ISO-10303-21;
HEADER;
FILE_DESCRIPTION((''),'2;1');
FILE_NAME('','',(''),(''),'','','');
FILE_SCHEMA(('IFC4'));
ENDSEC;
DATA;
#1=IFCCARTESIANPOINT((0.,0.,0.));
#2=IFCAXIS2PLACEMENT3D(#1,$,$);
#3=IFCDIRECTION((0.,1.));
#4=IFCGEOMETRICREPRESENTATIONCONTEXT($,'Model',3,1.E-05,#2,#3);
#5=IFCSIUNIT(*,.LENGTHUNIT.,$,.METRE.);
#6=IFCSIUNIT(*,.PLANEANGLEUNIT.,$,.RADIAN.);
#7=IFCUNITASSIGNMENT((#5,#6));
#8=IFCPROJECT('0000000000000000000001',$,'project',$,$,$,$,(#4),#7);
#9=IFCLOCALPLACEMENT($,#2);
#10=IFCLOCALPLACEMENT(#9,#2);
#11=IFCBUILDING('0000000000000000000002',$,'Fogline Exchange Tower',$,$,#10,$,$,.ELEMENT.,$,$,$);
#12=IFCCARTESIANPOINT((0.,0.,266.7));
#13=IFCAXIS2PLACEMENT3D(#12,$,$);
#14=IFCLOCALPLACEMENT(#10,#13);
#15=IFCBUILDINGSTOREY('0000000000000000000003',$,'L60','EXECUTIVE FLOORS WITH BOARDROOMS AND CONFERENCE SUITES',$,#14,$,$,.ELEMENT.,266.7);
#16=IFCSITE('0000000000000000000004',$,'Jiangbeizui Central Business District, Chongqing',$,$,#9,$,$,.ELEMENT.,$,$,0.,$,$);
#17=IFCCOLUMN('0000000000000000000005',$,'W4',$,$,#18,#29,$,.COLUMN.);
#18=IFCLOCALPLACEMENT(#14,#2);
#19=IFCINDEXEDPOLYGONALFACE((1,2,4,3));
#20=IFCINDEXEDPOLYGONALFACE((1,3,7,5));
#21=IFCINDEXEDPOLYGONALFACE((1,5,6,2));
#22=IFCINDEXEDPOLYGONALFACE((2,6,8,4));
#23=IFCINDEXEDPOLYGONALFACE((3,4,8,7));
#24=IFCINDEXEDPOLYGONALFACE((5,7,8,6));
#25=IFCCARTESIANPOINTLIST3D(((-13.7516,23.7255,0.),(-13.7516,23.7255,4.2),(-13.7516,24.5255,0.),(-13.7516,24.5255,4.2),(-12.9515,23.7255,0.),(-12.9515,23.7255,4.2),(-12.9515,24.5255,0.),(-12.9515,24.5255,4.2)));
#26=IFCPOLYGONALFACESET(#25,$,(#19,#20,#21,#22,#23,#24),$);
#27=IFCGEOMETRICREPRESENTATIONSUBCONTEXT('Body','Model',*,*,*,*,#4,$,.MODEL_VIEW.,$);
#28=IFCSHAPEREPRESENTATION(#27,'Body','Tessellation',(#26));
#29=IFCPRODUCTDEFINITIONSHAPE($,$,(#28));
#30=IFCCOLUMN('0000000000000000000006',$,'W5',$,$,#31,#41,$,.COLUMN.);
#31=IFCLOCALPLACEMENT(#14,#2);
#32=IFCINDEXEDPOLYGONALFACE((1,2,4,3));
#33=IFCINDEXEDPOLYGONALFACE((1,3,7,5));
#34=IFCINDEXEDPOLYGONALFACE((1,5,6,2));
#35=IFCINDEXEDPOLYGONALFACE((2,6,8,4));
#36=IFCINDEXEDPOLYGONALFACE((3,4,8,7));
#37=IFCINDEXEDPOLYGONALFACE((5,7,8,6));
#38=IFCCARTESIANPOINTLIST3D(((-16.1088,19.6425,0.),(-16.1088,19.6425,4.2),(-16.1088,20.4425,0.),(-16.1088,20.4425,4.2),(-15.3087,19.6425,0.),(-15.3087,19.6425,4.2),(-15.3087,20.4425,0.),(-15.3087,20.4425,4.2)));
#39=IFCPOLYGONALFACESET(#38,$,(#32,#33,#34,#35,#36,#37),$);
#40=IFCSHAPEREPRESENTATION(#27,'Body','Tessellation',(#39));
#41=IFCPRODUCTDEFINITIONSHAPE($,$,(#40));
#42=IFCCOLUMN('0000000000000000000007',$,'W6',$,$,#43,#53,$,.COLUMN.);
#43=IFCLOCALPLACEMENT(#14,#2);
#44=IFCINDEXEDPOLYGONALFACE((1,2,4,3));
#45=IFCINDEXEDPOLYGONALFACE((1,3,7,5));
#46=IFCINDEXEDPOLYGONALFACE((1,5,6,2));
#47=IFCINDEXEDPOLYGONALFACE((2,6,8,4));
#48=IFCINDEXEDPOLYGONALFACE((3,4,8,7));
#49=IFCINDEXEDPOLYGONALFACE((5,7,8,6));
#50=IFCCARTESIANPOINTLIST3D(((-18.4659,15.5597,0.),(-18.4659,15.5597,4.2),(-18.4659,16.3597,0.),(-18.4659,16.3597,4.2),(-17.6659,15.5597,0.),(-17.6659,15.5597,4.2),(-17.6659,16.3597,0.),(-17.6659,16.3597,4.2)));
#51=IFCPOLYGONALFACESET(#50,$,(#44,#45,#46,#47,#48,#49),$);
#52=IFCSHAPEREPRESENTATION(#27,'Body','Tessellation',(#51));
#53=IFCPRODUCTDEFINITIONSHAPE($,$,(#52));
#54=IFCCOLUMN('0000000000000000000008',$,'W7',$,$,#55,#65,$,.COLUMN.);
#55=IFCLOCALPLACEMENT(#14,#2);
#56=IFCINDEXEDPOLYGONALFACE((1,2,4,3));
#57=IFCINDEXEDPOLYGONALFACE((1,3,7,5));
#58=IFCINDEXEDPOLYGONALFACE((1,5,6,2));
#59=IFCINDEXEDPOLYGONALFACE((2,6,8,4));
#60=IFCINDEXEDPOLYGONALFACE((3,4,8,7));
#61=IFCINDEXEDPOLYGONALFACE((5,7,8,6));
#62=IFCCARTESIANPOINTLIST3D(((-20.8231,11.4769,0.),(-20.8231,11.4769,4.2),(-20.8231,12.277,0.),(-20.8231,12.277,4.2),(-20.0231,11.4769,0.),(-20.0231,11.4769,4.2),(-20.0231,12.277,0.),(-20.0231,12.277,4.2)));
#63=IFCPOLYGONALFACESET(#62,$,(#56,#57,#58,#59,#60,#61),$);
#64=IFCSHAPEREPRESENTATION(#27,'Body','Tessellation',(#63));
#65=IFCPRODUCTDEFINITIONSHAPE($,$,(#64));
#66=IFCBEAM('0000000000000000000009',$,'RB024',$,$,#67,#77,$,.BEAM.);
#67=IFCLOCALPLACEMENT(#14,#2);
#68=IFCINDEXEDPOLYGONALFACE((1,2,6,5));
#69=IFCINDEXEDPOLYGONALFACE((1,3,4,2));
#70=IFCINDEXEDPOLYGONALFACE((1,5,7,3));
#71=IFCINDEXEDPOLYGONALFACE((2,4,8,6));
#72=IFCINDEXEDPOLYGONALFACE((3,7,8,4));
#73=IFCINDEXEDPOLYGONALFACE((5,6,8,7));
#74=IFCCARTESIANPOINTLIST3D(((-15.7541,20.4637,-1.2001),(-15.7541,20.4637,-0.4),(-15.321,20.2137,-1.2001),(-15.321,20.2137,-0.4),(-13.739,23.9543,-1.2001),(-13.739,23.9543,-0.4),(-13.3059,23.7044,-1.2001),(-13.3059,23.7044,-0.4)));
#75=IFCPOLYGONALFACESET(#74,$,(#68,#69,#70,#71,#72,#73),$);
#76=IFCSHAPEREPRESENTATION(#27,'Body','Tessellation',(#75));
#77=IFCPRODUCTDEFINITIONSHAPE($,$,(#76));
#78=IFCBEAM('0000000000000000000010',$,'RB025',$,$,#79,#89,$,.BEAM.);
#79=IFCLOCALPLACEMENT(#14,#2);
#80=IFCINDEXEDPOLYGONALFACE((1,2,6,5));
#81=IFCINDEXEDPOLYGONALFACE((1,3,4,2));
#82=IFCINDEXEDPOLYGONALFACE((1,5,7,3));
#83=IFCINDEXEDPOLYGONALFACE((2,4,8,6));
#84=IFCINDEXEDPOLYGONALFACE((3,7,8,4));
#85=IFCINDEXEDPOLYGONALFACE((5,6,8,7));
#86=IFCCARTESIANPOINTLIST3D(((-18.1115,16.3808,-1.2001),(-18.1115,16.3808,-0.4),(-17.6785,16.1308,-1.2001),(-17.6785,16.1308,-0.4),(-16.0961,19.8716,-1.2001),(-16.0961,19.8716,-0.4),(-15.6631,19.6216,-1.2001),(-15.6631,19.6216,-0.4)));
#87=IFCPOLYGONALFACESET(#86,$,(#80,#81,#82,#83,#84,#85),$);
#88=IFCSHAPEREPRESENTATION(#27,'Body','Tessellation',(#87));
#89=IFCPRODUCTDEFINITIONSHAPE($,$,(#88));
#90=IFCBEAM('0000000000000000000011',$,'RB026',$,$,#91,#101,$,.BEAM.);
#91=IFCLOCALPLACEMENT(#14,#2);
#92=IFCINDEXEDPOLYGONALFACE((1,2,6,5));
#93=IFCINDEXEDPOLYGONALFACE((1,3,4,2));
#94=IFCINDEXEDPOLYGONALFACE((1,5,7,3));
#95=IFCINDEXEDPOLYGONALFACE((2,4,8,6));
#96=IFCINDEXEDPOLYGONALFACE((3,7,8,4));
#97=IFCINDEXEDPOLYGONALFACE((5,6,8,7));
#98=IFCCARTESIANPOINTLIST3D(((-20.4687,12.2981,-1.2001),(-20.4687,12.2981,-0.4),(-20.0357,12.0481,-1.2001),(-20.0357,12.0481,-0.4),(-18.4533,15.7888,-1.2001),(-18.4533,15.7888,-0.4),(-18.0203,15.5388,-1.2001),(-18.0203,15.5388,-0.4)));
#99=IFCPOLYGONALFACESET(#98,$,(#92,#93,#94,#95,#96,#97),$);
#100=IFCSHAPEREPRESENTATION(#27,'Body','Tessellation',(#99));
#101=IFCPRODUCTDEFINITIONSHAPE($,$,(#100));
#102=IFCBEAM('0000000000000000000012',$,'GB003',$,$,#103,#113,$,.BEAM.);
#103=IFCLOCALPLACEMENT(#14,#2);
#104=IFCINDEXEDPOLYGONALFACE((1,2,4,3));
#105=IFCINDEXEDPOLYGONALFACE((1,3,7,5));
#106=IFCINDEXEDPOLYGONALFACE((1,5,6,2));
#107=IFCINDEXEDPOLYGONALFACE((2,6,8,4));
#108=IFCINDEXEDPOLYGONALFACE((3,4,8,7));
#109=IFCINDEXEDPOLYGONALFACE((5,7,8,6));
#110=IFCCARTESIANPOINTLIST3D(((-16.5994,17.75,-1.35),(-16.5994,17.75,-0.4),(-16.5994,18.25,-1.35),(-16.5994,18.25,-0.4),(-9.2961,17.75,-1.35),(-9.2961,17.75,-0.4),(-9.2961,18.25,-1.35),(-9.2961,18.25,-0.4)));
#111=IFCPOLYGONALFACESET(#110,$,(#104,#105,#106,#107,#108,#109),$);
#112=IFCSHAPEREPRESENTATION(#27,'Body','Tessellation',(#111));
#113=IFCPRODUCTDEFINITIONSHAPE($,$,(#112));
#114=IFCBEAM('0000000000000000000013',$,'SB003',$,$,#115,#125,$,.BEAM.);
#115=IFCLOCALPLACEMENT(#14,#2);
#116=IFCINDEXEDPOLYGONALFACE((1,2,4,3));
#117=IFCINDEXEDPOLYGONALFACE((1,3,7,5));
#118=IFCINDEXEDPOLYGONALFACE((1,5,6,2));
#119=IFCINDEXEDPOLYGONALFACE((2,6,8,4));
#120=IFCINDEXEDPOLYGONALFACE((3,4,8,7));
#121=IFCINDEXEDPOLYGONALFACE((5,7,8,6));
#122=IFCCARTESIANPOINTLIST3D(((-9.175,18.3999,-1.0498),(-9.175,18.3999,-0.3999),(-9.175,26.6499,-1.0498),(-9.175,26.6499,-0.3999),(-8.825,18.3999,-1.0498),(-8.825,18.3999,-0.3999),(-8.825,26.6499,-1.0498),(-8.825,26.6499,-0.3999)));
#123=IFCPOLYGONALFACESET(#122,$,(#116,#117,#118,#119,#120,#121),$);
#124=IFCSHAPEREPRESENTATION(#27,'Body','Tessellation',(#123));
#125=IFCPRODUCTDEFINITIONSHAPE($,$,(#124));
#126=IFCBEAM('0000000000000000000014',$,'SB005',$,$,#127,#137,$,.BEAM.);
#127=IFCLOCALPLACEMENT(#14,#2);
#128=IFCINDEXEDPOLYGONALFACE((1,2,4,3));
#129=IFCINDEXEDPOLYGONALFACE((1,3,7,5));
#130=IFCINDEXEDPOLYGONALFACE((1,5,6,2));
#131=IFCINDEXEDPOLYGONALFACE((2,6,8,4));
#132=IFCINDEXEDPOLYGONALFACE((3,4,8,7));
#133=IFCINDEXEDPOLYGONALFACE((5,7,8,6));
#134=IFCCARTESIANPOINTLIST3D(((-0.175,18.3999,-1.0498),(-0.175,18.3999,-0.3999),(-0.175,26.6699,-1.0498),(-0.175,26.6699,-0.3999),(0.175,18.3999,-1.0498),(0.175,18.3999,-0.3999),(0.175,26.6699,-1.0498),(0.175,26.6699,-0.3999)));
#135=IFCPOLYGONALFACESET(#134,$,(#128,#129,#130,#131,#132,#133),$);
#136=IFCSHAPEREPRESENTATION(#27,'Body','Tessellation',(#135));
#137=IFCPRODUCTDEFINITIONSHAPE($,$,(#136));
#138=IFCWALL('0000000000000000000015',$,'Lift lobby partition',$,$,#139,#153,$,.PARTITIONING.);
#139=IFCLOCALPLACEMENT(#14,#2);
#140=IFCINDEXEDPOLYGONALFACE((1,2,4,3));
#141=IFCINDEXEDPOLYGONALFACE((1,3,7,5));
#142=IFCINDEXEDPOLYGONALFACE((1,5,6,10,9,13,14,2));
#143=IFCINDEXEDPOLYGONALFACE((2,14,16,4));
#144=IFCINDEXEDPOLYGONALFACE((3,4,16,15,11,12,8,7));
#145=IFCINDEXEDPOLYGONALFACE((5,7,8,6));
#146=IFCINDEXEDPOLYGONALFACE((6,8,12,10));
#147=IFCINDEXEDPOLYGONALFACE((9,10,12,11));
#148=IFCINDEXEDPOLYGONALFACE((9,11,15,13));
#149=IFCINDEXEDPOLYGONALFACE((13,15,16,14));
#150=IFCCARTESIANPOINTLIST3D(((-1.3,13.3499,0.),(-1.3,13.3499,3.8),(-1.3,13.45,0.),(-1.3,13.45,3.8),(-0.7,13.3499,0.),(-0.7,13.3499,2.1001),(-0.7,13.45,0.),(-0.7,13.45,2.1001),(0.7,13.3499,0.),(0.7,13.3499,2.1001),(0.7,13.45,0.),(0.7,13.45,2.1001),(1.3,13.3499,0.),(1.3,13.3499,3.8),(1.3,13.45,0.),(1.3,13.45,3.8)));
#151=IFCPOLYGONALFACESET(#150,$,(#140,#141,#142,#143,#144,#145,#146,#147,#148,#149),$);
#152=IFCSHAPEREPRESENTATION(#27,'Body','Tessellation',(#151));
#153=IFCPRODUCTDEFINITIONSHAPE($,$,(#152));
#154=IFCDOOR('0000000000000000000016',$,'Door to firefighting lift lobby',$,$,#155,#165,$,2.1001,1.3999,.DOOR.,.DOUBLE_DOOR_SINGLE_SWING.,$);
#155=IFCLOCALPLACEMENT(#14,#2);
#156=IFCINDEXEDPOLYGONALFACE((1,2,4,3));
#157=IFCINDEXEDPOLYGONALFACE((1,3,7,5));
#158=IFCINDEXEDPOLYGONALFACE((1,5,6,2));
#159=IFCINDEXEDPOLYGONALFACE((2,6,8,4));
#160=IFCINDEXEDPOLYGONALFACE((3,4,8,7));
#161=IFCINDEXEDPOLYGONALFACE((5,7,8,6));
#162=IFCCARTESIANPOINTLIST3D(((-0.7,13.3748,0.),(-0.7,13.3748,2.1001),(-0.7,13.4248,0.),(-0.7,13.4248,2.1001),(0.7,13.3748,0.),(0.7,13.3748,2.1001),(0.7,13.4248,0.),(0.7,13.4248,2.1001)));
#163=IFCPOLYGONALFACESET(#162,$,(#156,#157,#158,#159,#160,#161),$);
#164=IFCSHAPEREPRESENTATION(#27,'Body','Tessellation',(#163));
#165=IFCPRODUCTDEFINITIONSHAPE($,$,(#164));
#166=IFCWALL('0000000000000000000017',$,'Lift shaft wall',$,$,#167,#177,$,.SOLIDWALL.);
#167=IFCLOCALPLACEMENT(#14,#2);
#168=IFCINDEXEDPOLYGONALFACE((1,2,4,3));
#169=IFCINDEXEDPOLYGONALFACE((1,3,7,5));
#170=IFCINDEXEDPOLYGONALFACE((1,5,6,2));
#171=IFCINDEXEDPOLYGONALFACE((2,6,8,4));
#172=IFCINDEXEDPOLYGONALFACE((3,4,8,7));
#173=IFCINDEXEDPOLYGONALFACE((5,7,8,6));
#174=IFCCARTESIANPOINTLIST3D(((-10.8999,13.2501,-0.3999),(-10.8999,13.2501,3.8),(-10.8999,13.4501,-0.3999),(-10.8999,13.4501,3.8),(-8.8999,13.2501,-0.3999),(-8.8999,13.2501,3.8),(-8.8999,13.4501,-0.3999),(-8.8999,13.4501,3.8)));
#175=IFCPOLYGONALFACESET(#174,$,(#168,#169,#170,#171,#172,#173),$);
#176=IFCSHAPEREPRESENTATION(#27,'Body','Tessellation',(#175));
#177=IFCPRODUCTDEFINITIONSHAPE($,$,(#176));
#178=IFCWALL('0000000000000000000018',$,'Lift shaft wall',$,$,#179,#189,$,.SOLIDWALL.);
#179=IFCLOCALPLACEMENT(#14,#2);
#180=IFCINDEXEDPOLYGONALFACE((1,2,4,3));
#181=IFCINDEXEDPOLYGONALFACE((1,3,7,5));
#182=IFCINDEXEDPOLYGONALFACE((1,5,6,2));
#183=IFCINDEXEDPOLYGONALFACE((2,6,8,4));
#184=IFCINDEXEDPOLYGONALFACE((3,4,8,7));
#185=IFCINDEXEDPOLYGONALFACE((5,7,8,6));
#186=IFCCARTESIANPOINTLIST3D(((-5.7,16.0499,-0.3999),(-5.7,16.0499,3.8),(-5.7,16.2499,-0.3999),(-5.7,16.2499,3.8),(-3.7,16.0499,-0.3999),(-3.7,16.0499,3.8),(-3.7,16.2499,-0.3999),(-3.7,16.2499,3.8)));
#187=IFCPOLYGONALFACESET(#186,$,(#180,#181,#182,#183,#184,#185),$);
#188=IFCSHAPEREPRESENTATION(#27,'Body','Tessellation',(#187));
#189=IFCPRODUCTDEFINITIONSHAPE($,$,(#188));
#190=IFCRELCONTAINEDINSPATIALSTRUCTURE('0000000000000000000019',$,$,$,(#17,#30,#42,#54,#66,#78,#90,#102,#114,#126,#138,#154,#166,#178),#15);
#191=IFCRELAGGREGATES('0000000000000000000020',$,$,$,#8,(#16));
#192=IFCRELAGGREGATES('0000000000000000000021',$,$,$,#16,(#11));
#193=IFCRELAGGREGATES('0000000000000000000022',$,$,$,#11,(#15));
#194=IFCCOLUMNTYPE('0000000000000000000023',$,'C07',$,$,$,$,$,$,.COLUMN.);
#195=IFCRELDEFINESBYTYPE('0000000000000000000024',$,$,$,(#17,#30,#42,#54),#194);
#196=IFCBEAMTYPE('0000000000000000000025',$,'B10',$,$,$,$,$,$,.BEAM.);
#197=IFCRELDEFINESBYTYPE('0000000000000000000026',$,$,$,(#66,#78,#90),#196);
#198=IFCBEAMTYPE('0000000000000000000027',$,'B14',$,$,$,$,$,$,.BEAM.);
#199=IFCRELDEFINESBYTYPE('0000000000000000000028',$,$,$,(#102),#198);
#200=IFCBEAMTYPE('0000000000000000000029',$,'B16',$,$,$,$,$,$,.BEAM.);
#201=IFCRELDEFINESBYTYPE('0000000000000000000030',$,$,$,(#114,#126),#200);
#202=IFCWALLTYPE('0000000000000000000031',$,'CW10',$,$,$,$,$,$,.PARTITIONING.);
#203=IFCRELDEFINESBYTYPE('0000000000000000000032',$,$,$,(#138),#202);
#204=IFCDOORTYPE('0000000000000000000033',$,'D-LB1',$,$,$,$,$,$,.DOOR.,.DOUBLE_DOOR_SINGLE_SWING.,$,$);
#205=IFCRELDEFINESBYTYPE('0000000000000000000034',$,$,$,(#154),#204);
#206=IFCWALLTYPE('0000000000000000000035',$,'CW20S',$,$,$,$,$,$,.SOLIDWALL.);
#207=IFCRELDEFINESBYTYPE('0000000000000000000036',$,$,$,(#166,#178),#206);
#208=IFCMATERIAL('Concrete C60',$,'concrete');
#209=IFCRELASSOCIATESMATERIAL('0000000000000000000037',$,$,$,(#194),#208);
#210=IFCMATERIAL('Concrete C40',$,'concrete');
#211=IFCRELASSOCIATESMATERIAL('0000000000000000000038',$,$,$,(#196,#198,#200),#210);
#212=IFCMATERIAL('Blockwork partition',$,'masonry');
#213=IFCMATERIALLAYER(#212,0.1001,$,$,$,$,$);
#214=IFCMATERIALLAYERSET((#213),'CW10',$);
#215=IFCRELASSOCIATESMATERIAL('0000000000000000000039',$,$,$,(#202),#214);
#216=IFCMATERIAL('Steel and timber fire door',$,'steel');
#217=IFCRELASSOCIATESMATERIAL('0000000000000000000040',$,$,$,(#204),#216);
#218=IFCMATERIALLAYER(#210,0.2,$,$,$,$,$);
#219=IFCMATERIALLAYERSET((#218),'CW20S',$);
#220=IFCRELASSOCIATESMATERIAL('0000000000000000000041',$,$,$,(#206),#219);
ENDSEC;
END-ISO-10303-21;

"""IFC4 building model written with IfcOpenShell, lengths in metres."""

from ifc_helpers import new_model, si_unit, direction, frame, frame_2d, origin, origin_2d, place, context, subcontext, project, spatial, rectangle, extrude, material, layer, layer_set, material_profile, profile_set, type_object, element, fill, save


model = new_model("IFC4")

# Units and contexts
model_context = context("Model", 3, precision=1e-05, world=origin(), true_north=direction((0.0, 1.0)))
body_context = subcontext(model_context, "Body", "Model", "MODEL_VIEW")
ifc_project = project(units=[si_unit("LENGTHUNIT", "METRE"), si_unit("PLANEANGLEUNIT", "RADIAN")], contexts=[model_context])

# Site, building, storey
site_placement = place(None, origin())
site = spatial("IfcSite", under=ifc_project, at=site_placement, Name="Jiangbeizui Central Business District, Chongqing", CompositionType="ELEMENT", RefElevation=0.0)
building_placement = place(site_placement, origin())
building = spatial("IfcBuilding", under=site, at=building_placement, Name="Fogline Exchange Tower", CompositionType="ELEMENT")
storey_placement = place(building_placement, frame((0.0, 0.0, 266.7)))
storey = spatial("IfcBuildingStorey", under=building, at=storey_placement, Name="L60", Description="EXECUTIVE FLOORS WITH BOARDROOMS AND CONFERENCE SUITES", CompositionType="ELEMENT", Elevation=266.7)

# Columns
ifc_material_1 = material(Name="Concrete C60", Category="concrete")
ifc_material_profile_1 = material_profile(ifc_material_1, rectangle(XDim=0.8, YDim=0.8, at=origin_2d()), Name="RC 800x800")
ifc_profile_set_1 = profile_set([ifc_material_profile_1], Name="Concrete C60")
column_type = type_object("IfcColumnType", Name="C07", PredefinedType="COLUMN", material=ifc_profile_set_1)
for number, where, z_axis, x_axis, name in (
    (1, (-13.3516, 24.1255, 0.0), (0.0, 0.0, 1.0), (1.0, 0.0, 0.0), "W4"),
    (2, (-15.7087, 20.0425, 0.0), (0.0, 0.0, 1.0), (1.0, 0.0, 0.0), "W5"),
    (3, (-18.0659, 15.9597, 0.0), (0.0, 0.0, 1.0), (1.0, 0.0, 0.0), "W6"),
    (4, (-20.4231, 11.877, 0.0), (0.0, 0.0, 1.0), (1.0, 0.0, 0.0), "W7"),
):
    element("IfcColumn", number, at=place(storey_placement, frame(where, z_axis=z_axis, x_axis=x_axis)), inside=storey, type_object=column_type, Name=name, PredefinedType="COLUMN", context=body_context, shape_type="SweptSolid", body=[
        extrude(rectangle(XDim=0.8, YDim=0.8, at=origin_2d()), origin(), (0.0, 0.0, 1.0), 4.2),
    ])

# Beams
ifc_material_2 = material(Name="Concrete C40", Category="concrete")
ifc_material_profile_2 = material_profile(ifc_material_2, rectangle(XDim=0.5, YDim=0.8, at=origin_2d()), Name="RC 500x800")
ifc_profile_set_2 = profile_set([ifc_material_profile_2], Name="Concrete C40")
beam_type_1 = type_object("IfcBeamType", Name="B10", PredefinedType="BEAM", material=ifc_profile_set_2)
beam_1_placement = place(storey_placement, frame((-13.5225, 23.8293, -0.8), z_axis=(-0.499957, -0.86605, 0.0), x_axis=(0.86605, -0.499957, 0.0)))
element("IfcBeam", 5, at=beam_1_placement, inside=storey, type_object=beam_type_1, Name="RB024", PredefinedType="BEAM", context=body_context, shape_type="SweptSolid", body=[
    extrude(rectangle(XDim=0.5, YDim=0.8, at=origin_2d()), origin(), (0.0, 0.0, 1.0), 4.0305),
])
for number, where, z_axis, x_axis, name in (
    (6, (-15.8796, 19.7466, -0.8), (-0.500002, -0.866024, 0.0), (0.866024, -0.500002, 0.0), "RB025"),
    (7, (-18.2368, 15.6638, -0.8), (-0.500002, -0.866024, 0.0), (0.866024, -0.500002, 0.0), "RB026"),
):
    element("IfcBeam", number, at=place(storey_placement, frame(where, z_axis=z_axis, x_axis=x_axis)), inside=storey, type_object=beam_type_1, Name=name, PredefinedType="BEAM", context=body_context, shape_type="SweptSolid", body=[
        extrude(rectangle(XDim=0.5, YDim=0.8, at=origin_2d()), origin(), (0.0, 0.0, 1.0), 4.0308),
    ])
ifc_material_profile_3 = material_profile(ifc_material_2, rectangle(XDim=0.5, YDim=0.95, at=origin_2d()), Name="RC 500x950")
ifc_profile_set_3 = profile_set([ifc_material_profile_3], Name="Concrete C40")
beam_type_2 = type_object("IfcBeamType", Name="B14", PredefinedType="BEAM", material=ifc_profile_set_3)
beam_2_placement = place(storey_placement, frame((-16.5994, 18.0, -0.875), z_axis=(1.0, 0.0, 0.0), x_axis=(0.0, 1.0, 0.0)))
element("IfcBeam", 8, at=beam_2_placement, inside=storey, type_object=beam_type_2, Name="GB003", PredefinedType="BEAM", context=body_context, shape_type="SweptSolid", body=[
    extrude(rectangle(XDim=0.5, YDim=0.95, at=origin_2d()), origin(), (0.0, 0.0, 1.0), 7.3032),
])
ifc_material_profile_4 = material_profile(ifc_material_2, rectangle(XDim=0.3501, YDim=0.6499, at=origin_2d()), Name="RC 350x650")
ifc_profile_set_4 = profile_set([ifc_material_profile_4], Name="Concrete C40")
beam_type_3 = type_object("IfcBeamType", Name="B16", PredefinedType="BEAM", material=ifc_profile_set_4)
beam_3_placement = place(storey_placement, frame((-9.0, 18.3999, -0.7249), z_axis=(0.0, 1.0, 0.0), x_axis=(-1.0, 0.0, 0.0)))
element("IfcBeam", 9, at=beam_3_placement, inside=storey, type_object=beam_type_3, Name="SB003", PredefinedType="BEAM", context=body_context, shape_type="SweptSolid", body=[
    extrude(rectangle(XDim=0.3501, YDim=0.6499, at=origin_2d()), origin(), (0.0, 0.0, 1.0), 8.25),
])
beam_4_placement = place(storey_placement, frame((0.0, 18.3999, -0.7249), z_axis=(0.0, 1.0, 0.0), x_axis=(-1.0, 0.0, 0.0)))
element("IfcBeam", 10, at=beam_4_placement, inside=storey, type_object=beam_type_3, Name="SB005", PredefinedType="BEAM", context=body_context, shape_type="SweptSolid", body=[
    extrude(rectangle(XDim=0.3501, YDim=0.6499, at=origin_2d()), origin(), (0.0, 0.0, 1.0), 8.27),
])

# Wall, opening, door
ifc_material_3 = material(Name="Blockwork partition", Category="masonry")
ifc_layer_1 = layer(ifc_material_3, 0.1001)
ifc_layer_set_1 = layer_set([ifc_layer_1], Name="CW10")
wall_type_1 = type_object("IfcWallType", Name="CW10", PredefinedType="PARTITIONING", material=ifc_layer_set_1)
wall_1_placement = place(storey_placement, frame((-1.3, 13.3999, 0.0), z_axis=(0.0, 0.0, 1.0), x_axis=(1.0, 0.0, 0.0)))
wall_1 = element("IfcWall", 11, at=wall_1_placement, inside=storey, type_object=wall_type_1, Name="Lift lobby partition", PredefinedType="PARTITIONING", context=body_context, shape_type="SweptSolid", body=[
    extrude(rectangle(XDim=2.6001, YDim=0.1001, at=frame_2d((1.3, 0.0))), origin(), (0.0, 0.0, 1.0), 3.8),
])
opening_1_placement = place(wall_1_placement, frame((0.6001, 0.0, 0.0)))
opening_1 = element("IfcOpeningElement", 12, at=opening_1_placement, cuts=wall_1, PredefinedType="OPENING", context=body_context, shape_type="SweptSolid", body=[
    extrude(rectangle(XDim=1.3999, YDim=2.1001, at=frame_2d((0.7, 1.05))), frame((0.0, 0.0601, 0.0), z_axis=(0.0, -1.0, 0.0), x_axis=(1.0, 0.0, 0.0)), (0.0, 0.0, 1.0), 0.1201),
])
ifc_material_4 = material(Name="Steel and timber fire door", Category="steel")
door_type_1 = type_object("IfcDoorType", Name="D-LB1", OperationType="DOUBLE_DOOR_SINGLE_SWING", PredefinedType="DOOR", material=ifc_material_4)
door_1_placement = place(opening_1_placement, origin())
door_1 = element("IfcDoor", 13, at=door_1_placement, inside=storey, type_object=door_type_1, Name="Door to firefighting lift lobby", OperationType="DOUBLE_DOOR_SINGLE_SWING", OverallHeight=2.1001, OverallWidth=1.3999, PredefinedType="DOOR", context=body_context, shape_type="SweptSolid", body=[
    extrude(rectangle(XDim=1.3999, YDim=2.1001, at=frame_2d((0.7, 1.05))), frame((0.0, 0.0249, 0.0), z_axis=(0.0, -1.0, 0.0), x_axis=(1.0, 0.0, 0.0)), (0.0, 0.0, 1.0), 0.05),
])
fill(opening_1, door_1)

# Walls
ifc_layer_2 = layer(ifc_material_2, 0.2)
ifc_layer_set_2 = layer_set([ifc_layer_2], Name="CW20S")
wall_type_2 = type_object("IfcWallType", Name="CW20S", PredefinedType="SOLIDWALL", material=ifc_layer_set_2)
for number, where, z_axis, x_axis, name in (
    (14, (-10.8999, 13.3501, -0.3999), (0.0, 0.0, 1.0), (1.0, 0.0, 0.0), "Lift shaft wall"),
    (15, (-5.7, 16.1499, -0.3999), (0.0, 0.0, 1.0), (1.0, 0.0, 0.0), "Lift shaft wall"),
):
    element("IfcWall", number, at=place(storey_placement, frame(where, z_axis=z_axis, x_axis=x_axis)), inside=storey, type_object=wall_type_2, Name=name, PredefinedType="SOLIDWALL", context=body_context, shape_type="SweptSolid", body=[
        extrude(rectangle(XDim=2.0, YDim=0.2, at=frame_2d((1.0, 0.0))), origin(), (0.0, 0.0, 1.0), 4.2),
    ])

save(model, "model.ifc")
